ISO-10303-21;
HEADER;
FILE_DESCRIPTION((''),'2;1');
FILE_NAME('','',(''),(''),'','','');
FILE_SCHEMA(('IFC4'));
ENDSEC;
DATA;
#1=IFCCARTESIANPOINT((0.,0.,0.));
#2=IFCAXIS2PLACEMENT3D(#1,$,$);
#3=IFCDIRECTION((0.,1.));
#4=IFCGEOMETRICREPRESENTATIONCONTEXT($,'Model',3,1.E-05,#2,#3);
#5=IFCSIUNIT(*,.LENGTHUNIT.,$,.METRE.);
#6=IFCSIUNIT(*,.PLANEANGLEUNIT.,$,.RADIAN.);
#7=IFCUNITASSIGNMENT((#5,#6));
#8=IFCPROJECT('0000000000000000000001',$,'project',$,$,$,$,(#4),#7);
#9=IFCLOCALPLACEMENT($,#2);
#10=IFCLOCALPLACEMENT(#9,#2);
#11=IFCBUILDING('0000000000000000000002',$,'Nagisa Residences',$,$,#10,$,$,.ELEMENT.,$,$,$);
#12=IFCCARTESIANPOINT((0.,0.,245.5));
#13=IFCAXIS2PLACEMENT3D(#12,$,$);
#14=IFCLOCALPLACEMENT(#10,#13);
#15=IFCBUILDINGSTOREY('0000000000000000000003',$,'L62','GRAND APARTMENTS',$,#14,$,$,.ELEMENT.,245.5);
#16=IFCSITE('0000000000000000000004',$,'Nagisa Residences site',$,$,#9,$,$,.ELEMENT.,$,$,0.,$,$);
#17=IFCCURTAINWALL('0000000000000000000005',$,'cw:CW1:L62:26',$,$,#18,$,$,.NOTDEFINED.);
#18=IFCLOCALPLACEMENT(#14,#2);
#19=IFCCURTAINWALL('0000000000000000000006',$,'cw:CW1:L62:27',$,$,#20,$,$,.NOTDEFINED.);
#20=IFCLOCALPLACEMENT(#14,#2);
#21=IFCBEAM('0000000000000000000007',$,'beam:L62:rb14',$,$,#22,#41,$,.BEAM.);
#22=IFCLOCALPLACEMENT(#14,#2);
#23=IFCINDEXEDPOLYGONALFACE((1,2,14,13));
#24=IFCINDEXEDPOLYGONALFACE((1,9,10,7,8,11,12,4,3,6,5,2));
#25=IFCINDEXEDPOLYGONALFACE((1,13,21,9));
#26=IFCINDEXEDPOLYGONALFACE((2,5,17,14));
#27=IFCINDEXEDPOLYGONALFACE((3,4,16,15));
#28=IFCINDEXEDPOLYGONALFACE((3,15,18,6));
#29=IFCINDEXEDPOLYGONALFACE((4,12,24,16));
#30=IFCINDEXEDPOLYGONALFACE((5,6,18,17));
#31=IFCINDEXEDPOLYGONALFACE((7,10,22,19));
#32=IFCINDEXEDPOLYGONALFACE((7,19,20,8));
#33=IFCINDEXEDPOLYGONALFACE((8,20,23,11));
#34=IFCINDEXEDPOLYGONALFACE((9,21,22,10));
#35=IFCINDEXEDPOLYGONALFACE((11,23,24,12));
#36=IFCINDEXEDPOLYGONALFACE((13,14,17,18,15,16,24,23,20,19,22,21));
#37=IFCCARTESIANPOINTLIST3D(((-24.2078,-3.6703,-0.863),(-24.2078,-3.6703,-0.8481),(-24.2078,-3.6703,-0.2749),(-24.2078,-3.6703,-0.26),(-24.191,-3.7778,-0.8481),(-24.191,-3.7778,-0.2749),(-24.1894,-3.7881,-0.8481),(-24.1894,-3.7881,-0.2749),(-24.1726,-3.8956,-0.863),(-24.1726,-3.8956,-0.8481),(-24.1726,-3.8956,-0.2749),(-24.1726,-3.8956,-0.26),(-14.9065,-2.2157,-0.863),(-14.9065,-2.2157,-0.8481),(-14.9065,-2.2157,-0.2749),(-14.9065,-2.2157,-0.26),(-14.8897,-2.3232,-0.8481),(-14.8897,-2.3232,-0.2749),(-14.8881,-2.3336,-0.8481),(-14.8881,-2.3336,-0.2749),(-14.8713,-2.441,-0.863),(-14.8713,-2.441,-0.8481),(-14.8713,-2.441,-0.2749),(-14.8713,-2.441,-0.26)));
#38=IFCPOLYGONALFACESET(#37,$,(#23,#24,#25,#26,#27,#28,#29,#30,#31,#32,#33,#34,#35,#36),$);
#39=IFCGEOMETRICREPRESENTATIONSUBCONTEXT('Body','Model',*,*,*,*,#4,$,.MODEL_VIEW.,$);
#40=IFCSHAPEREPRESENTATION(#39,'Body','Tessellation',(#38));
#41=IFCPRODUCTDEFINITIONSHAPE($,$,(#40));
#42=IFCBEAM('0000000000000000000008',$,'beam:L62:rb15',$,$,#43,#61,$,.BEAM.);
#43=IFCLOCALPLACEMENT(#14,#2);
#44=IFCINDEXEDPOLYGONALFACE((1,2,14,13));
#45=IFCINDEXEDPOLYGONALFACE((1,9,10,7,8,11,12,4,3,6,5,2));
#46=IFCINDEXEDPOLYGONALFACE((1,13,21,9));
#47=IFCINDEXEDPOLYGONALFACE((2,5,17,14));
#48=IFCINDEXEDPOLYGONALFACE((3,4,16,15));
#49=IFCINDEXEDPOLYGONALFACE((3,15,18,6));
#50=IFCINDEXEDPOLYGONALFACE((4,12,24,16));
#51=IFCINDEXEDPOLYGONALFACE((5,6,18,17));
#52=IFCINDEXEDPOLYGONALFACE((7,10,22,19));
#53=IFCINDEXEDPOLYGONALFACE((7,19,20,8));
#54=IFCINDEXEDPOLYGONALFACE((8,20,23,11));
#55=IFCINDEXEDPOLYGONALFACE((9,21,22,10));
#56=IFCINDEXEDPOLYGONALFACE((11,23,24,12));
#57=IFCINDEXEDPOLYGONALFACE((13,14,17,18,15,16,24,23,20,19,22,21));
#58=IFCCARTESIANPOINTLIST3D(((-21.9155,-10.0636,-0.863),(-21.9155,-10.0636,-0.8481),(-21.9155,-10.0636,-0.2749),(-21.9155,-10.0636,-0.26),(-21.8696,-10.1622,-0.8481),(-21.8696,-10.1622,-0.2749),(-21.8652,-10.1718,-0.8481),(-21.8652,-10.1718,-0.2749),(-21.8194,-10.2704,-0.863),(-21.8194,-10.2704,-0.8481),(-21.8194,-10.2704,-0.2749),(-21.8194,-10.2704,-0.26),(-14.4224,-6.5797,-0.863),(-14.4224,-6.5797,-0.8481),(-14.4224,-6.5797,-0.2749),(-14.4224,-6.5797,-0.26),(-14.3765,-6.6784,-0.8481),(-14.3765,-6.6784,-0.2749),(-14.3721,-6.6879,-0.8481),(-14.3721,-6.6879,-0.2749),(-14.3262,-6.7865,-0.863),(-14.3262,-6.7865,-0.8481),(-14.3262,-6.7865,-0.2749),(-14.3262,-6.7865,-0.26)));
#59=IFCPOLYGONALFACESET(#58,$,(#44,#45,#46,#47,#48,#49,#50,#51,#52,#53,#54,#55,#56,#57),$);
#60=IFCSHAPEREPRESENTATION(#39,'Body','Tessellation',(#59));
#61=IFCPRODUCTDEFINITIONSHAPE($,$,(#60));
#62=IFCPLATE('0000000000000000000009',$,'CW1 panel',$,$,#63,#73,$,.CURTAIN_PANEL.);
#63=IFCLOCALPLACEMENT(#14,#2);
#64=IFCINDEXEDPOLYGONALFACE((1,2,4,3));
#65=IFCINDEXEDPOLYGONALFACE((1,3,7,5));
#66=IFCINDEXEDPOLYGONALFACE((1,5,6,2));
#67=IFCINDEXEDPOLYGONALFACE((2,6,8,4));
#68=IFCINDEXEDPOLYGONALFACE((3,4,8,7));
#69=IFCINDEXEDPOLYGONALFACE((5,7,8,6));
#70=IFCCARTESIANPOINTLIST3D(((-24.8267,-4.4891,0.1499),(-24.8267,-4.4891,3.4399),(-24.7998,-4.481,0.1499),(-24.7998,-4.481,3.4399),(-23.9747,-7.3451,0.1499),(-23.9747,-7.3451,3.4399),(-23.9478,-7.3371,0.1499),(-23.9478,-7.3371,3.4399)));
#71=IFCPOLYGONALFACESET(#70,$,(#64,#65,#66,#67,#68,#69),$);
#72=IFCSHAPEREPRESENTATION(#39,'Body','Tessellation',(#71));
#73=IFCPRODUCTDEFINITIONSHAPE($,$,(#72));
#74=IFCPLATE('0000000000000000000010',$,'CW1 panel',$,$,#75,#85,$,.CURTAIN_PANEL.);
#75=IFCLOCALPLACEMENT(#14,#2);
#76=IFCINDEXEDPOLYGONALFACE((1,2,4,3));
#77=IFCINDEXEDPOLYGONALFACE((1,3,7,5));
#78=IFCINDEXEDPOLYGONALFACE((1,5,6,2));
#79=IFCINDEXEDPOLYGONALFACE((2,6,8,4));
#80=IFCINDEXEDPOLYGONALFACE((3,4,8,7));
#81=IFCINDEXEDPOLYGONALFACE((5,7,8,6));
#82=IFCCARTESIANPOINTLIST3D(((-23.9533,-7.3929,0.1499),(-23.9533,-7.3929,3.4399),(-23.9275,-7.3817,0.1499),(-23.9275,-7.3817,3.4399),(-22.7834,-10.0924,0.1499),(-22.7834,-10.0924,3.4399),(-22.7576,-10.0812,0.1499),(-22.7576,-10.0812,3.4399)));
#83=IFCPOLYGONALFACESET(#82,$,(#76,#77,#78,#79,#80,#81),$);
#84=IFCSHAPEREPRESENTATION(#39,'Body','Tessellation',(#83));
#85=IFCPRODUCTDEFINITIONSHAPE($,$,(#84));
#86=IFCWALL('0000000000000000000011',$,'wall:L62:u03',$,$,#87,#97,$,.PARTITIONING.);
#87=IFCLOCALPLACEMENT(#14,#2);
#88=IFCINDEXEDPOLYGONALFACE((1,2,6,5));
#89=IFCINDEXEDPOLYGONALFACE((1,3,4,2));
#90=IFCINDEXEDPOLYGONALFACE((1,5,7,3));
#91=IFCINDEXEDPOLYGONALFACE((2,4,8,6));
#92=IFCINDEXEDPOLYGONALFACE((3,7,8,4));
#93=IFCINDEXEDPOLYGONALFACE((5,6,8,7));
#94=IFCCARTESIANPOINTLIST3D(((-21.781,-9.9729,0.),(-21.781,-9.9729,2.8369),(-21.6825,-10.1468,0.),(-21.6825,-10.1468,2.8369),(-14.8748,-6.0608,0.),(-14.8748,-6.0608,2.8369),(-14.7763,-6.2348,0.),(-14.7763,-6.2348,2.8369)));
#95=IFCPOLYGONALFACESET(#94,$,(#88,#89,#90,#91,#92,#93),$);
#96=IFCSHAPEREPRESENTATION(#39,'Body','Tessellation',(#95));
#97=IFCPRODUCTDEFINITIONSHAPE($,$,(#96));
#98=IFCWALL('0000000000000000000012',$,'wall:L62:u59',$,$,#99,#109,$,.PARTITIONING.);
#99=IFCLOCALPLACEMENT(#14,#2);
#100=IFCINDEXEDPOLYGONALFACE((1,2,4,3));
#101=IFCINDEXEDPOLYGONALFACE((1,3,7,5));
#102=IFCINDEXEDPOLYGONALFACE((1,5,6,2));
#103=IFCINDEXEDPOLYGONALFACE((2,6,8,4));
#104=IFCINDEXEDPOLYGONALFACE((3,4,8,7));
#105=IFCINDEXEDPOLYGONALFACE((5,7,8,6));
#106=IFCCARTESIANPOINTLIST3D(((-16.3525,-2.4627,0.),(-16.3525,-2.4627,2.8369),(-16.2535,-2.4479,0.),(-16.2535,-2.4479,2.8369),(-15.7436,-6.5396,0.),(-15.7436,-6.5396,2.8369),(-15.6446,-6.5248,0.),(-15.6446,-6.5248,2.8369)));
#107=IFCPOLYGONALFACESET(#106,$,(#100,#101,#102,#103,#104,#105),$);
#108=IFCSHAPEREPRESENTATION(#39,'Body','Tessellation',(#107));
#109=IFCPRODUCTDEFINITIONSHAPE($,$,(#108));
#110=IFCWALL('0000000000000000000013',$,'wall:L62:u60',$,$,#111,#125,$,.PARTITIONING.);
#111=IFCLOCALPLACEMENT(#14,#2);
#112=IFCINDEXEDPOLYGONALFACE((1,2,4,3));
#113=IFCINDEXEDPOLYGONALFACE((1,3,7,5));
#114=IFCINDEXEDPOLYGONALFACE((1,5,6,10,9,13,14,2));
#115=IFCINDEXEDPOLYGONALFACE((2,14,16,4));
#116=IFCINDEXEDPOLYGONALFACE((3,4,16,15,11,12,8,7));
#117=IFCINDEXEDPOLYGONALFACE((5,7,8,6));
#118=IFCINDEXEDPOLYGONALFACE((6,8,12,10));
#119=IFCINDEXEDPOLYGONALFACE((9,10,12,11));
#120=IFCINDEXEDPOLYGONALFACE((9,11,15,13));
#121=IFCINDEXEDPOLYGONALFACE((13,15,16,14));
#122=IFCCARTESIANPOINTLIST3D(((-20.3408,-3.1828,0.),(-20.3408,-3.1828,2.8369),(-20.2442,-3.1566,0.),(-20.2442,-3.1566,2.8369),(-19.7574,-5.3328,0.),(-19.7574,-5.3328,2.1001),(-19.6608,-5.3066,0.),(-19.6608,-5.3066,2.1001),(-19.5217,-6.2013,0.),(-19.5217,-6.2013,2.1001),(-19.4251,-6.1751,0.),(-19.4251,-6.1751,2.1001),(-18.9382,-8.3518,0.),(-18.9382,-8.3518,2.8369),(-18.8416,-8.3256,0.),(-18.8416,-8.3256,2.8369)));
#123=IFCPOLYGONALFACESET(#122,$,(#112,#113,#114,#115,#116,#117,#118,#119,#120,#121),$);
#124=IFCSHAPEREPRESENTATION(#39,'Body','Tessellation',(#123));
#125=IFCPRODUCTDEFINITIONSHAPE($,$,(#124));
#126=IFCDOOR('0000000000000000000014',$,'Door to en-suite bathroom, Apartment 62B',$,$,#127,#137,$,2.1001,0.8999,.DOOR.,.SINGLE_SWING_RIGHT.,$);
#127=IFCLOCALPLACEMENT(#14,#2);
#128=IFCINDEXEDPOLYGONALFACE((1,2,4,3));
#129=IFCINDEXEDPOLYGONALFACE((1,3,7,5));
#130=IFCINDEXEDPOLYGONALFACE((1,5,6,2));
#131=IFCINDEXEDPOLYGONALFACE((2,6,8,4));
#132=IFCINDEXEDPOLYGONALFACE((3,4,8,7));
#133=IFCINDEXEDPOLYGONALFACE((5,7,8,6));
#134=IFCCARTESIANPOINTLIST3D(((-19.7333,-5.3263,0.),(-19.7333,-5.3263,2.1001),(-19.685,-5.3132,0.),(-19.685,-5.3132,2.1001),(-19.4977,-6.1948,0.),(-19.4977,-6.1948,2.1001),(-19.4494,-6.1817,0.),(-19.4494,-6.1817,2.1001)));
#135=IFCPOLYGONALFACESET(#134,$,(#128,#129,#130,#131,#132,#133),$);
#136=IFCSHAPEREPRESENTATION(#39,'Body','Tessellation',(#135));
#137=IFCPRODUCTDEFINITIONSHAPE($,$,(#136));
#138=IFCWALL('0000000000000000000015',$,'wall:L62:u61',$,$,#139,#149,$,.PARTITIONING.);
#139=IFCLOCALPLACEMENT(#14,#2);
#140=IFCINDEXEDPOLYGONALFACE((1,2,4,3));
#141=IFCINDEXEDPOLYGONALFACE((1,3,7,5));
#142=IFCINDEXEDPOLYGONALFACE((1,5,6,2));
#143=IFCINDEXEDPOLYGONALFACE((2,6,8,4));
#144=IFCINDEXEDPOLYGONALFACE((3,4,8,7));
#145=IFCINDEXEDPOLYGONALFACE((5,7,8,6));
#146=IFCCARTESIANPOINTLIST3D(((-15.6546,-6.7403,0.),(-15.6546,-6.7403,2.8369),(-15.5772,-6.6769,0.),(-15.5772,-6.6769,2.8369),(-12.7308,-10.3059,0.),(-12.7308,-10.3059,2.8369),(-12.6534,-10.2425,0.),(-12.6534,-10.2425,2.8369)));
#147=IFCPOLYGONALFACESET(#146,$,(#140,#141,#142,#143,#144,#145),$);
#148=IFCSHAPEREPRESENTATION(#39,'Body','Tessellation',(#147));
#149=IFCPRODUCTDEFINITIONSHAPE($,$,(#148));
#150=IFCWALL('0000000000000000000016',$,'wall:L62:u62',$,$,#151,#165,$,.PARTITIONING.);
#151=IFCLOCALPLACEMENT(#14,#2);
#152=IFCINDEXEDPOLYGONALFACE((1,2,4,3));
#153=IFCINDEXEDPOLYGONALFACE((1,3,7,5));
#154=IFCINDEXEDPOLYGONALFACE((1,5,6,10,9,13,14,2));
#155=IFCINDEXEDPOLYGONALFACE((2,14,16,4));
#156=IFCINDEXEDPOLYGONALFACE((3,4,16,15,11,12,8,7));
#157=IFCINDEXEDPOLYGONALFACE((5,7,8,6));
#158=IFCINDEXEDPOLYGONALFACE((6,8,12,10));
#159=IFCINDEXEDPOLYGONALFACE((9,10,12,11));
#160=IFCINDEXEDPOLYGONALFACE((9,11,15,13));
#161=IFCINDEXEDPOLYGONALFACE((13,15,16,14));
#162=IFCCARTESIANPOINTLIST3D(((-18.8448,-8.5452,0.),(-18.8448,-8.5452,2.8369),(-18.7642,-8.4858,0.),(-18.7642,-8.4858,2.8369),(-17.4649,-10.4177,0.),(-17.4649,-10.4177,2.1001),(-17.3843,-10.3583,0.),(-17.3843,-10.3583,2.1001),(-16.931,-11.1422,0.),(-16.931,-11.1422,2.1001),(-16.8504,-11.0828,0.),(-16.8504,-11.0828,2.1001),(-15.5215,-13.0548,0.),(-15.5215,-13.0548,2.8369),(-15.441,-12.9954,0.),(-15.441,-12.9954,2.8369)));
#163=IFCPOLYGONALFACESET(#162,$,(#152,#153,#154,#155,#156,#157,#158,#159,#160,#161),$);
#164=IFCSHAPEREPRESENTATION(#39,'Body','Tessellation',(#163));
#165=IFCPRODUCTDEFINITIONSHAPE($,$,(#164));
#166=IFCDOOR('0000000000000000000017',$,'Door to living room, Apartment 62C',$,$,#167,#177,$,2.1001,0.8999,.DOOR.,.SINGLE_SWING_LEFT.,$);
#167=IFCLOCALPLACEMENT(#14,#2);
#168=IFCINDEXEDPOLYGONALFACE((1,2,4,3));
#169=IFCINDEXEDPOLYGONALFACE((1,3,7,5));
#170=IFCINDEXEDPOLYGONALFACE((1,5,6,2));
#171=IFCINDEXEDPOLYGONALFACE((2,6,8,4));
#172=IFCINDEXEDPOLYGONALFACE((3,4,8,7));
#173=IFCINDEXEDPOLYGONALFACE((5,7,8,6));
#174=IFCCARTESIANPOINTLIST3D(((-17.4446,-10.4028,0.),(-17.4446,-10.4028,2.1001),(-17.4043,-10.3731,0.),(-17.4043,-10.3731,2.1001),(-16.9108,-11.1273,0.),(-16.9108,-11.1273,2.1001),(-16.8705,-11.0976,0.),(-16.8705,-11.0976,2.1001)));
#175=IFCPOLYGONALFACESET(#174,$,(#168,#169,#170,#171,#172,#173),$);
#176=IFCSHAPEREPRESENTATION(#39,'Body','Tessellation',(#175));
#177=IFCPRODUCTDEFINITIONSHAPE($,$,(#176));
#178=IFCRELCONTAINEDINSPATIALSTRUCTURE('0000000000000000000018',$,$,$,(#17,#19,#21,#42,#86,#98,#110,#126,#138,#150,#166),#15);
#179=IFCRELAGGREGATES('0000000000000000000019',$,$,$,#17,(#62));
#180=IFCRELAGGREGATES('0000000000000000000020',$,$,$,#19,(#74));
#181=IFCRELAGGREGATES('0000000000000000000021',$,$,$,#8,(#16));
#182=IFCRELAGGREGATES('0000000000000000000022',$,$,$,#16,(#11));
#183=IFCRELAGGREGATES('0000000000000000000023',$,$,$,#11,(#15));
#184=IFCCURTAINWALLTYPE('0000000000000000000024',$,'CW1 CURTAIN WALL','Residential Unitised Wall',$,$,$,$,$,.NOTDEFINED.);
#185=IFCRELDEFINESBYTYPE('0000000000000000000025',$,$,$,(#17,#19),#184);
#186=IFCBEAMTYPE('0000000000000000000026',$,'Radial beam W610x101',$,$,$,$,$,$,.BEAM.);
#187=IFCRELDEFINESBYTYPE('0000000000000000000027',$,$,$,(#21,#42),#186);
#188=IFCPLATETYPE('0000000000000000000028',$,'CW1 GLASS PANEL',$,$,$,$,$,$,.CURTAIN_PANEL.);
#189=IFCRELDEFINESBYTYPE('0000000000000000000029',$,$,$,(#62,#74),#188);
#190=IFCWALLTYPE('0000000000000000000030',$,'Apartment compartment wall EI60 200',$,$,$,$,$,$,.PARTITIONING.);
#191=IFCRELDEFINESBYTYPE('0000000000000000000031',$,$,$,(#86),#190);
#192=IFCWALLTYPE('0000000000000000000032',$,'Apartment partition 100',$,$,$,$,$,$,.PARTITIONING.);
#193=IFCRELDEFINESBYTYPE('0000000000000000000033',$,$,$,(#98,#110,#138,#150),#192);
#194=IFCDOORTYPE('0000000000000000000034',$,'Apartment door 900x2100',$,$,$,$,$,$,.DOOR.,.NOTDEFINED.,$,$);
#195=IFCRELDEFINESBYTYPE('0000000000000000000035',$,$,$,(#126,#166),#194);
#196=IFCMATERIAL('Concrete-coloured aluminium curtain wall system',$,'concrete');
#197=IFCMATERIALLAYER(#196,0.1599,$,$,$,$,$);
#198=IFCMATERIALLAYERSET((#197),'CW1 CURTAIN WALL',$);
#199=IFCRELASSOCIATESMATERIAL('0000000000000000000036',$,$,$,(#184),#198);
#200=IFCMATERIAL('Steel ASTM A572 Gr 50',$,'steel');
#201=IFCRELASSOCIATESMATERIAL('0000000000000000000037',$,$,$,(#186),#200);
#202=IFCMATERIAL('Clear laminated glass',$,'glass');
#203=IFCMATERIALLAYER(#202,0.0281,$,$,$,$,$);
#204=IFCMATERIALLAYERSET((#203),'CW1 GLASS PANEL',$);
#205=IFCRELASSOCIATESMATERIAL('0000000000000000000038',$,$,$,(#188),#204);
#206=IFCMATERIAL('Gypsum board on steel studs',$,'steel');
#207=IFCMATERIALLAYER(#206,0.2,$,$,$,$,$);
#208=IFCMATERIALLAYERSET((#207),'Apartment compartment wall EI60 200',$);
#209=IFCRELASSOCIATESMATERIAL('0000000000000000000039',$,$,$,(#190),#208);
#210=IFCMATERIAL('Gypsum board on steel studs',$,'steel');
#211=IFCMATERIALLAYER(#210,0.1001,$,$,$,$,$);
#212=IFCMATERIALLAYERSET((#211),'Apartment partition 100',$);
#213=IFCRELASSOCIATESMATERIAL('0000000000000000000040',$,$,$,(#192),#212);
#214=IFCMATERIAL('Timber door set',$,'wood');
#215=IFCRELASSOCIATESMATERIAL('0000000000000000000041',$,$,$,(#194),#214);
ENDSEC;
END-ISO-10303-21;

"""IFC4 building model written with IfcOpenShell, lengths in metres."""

from ifc_helpers import new_model, si_unit, direction, frame, frame_2d, origin, origin_2d, place, context, subcontext, project, spatial, rectangle, i_section, extrude, material, layer, layer_set, material_profile, profile_set, type_object, element, fill, aggregate, save


model = new_model("IFC4")

# Units and contexts
model_context = context("Model", 3, precision=1e-05, world=origin(), true_north=direction((0.0, 1.0)))
body_context = subcontext(model_context, "Body", "Model", "MODEL_VIEW")
ifc_project = project(units=[si_unit("LENGTHUNIT", "METRE"), si_unit("PLANEANGLEUNIT", "RADIAN")], contexts=[model_context])

# Site, building, storey
site_placement = place(None, origin())
site = spatial("IfcSite", under=ifc_project, at=site_placement, Name="Nagisa Residences site", CompositionType="ELEMENT", RefElevation=0.0)
building_placement = place(site_placement, origin())
building = spatial("IfcBuilding", under=site, at=building_placement, Name="Nagisa Residences", CompositionType="ELEMENT")
storey_placement = place(building_placement, frame((0.0, 0.0, 245.5)))
storey = spatial("IfcBuildingStorey", under=building, at=storey_placement, Name="L62", Description="GRAND APARTMENTS", CompositionType="ELEMENT", Elevation=245.5)

# Curtain walls
ifc_material_1 = material(Name="Concrete-coloured aluminium curtain wall system", Category="concrete")
ifc_layer_1 = layer(ifc_material_1, 0.1599)
ifc_layer_set_1 = layer_set([ifc_layer_1], Name="CW1 CURTAIN WALL")
curtain_wall_type = type_object("IfcCurtainWallType", Name="CW1 CURTAIN WALL", Description="Residential Unitised Wall", PredefinedType="NOTDEFINED", material=ifc_layer_set_1)
curtain_wall_1_placement = place(storey_placement, origin())
curtain_wall_1 = element("IfcCurtainWall", 1, at=curtain_wall_1_placement, inside=storey, type_object=curtain_wall_type, Name="cw:CW1:L62:26", PredefinedType="NOTDEFINED")
curtain_wall_2_placement = place(storey_placement, origin())
curtain_wall_2 = element("IfcCurtainWall", 2, at=curtain_wall_2_placement, inside=storey, type_object=curtain_wall_type, Name="cw:CW1:L62:27", PredefinedType="NOTDEFINED")

# Beams
ifc_material_2 = material(Name="Steel ASTM A572 Gr 50", Category="steel")
ifc_material_profile_1 = material_profile(ifc_material_2, i_section(OverallWidth=0.228, OverallDepth=0.603, WebThickness=0.0105, FlangeThickness=0.0149, at=origin_2d()), Name="W610x101")
ifc_profile_set_1 = profile_set([ifc_material_profile_1], Name="Steel ASTM A572 Gr 50")
beam_type_1 = type_object("IfcBeamType", Name="Radial beam W610x101", PredefinedType="BEAM", material=ifc_profile_set_1)
beam_1_placement = place(storey_placement, frame((-24.1902, -3.783, -0.5615), z_axis=(0.987992, 0.154508, 0.0), x_axis=(-0.154508, 0.987992, 0.0)))
element("IfcBeam", 3, at=beam_1_placement, inside=storey, type_object=beam_type_1, Name="beam:L62:rb14", PredefinedType="BEAM", context=body_context, shape_type="SweptSolid", body=[
    extrude(i_section(OverallWidth=0.228, OverallDepth=0.603, WebThickness=0.0105, FlangeThickness=0.0149, at=origin_2d()), origin(), (0.0, 0.0, 1.0), 9.4143),
])
beam_2_placement = place(storey_placement, frame((-21.8674, -10.167, -0.5615), z_axis=(0.906782, 0.421601, 0.0), x_axis=(-0.421601, 0.906782, 0.0)))
element("IfcBeam", 4, at=beam_2_placement, inside=storey, type_object=beam_type_1, Name="beam:L62:rb15", PredefinedType="BEAM", context=body_context, shape_type="SweptSolid", body=[
    extrude(i_section(OverallWidth=0.228, OverallDepth=0.603, WebThickness=0.0105, FlangeThickness=0.0149, at=origin_2d()), origin(), (0.0, 0.0, 1.0), 8.2634),
])

# Plates
ifc_material_3 = material(Name="Clear laminated glass", Category="glass")
ifc_layer_2 = layer(ifc_material_3, 0.0281)
ifc_layer_set_2 = layer_set([ifc_layer_2], Name="CW1 GLASS PANEL")
plate_type = type_object("IfcPlateType", Name="CW1 GLASS PANEL", PredefinedType="CURTAIN_PANEL", material=ifc_layer_set_2)
plate_1_placement = place(storey_placement, frame((-24.3872, -5.9131, 0.1499), z_axis=(0.0, 0.0, 1.0), x_axis=(0.28586, -0.958271, 0.0)))
plate_1 = element("IfcPlate", 5, at=plate_1_placement, type_object=plate_type, Name="CW1 panel", PredefinedType="CURTAIN_PANEL", context=body_context, shape_type="SweptSolid", body=[
    extrude(rectangle(XDim=2.9805, YDim=0.0281, at=origin_2d()), origin(), (0.0, 0.0, 1.0), 3.29),
])
aggregate(curtain_wall_1, [plate_1])
plate_2_placement = place(storey_placement, frame((-23.3555, -8.7371, 0.1499), z_axis=(0.0, 0.0, 1.0), x_axis=(0.397636, -0.917543, 0.0)))
plate_2 = element("IfcPlate", 6, at=plate_2_placement, type_object=plate_type, Name="CW1 panel", PredefinedType="CURTAIN_PANEL", context=body_context, shape_type="SweptSolid", body=[
    extrude(rectangle(XDim=2.9421, YDim=0.0281, at=origin_2d()), origin(), (0.0, 0.0, 1.0), 3.29),
])
aggregate(curtain_wall_2, [plate_2])

# Walls
ifc_material_4 = material(Name="Gypsum board on steel studs", Category="steel")
ifc_layer_3 = layer(ifc_material_4, 0.2)
ifc_layer_set_3 = layer_set([ifc_layer_3], Name="Apartment compartment wall EI60 200")
wall_type_1 = type_object("IfcWallType", Name="Apartment compartment wall EI60 200", PredefinedType="PARTITIONING", material=ifc_layer_set_3)
wall_1_placement = place(storey_placement, frame((-14.8254, -6.1477, 0.0), z_axis=(0.0, 0.0, 1.0), x_axis=(-0.8701, -0.492876, 0.0)))
element("IfcWall", 7, at=wall_1_placement, inside=storey, type_object=wall_type_1, Name="wall:L62:u03", PredefinedType="PARTITIONING", context=body_context, shape_type="SweptSolid", body=[
    extrude(rectangle(XDim=7.9373, YDim=0.2, at=frame_2d((3.9688, 0.0))), origin(), (0.0, 0.0, 1.0), 2.8369),
])
ifc_material_5 = material(Name="Gypsum board on steel studs", Category="steel")
ifc_layer_4 = layer(ifc_material_5, 0.1001)
ifc_layer_set_4 = layer_set([ifc_layer_4], Name="Apartment partition 100")
wall_type_2 = type_object("IfcWallType", Name="Apartment partition 100", PredefinedType="PARTITIONING", material=ifc_layer_set_4)
wall_2_placement = place(storey_placement, frame((-16.303, -2.4553, 0.0), z_axis=(0.0, 0.0, 1.0), x_axis=(0.147712, -0.98903, 0.0)))
element("IfcWall", 8, at=wall_2_placement, inside=storey, type_object=wall_type_2, Name="wall:L62:u59", PredefinedType="PARTITIONING", context=body_context, shape_type="SweptSolid", body=[
    extrude(rectangle(XDim=4.1221, YDim=0.1001, at=frame_2d((2.061, 0.0))), origin(), (0.0, 0.0, 1.0), 2.8369),
])

# Wall, opening, door
wall_3_placement = place(storey_placement, frame((-20.2925, -3.1697, 0.0), z_axis=(0.0, 0.0, 1.0), x_axis=(0.261879, -0.965101, 0.0)))
wall_3 = element("IfcWall", 9, at=wall_3_placement, inside=storey, type_object=wall_type_2, Name="wall:L62:u60", PredefinedType="PARTITIONING", context=body_context, shape_type="SweptSolid", body=[
    extrude(rectangle(XDim=5.356, YDim=0.1001, at=frame_2d((2.678, 0.0))), origin(), (0.0, 0.0, 1.0), 2.8369),
])
opening_1_placement = place(wall_3_placement, frame((2.2278, 0.0, 0.0)))
opening_1 = element("IfcOpeningElement", 10, at=opening_1_placement, cuts=wall_3, PredefinedType="OPENING", context=body_context, shape_type="SweptSolid", body=[
    extrude(rectangle(XDim=0.8999, YDim=2.1001, at=frame_2d((0.45, 1.05))), frame((0.0, 0.0601, 0.0), z_axis=(0.0, -1.0, 0.0), x_axis=(1.0, 0.0, 0.0)), (0.0, 0.0, 1.0), 0.1201),
])
ifc_material_6 = material(Name="Timber door set", Category="wood")
door_type_1 = type_object("IfcDoorType", Name="Apartment door 900x2100", OperationType="NOTDEFINED", PredefinedType="DOOR", material=ifc_material_6)
door_1_placement = place(opening_1_placement, origin())
door_1 = element("IfcDoor", 11, at=door_1_placement, inside=storey, type_object=door_type_1, Name="Door to en-suite bathroom, Apartment 62B", OperationType="SINGLE_SWING_RIGHT", OverallHeight=2.1001, OverallWidth=0.8999, PredefinedType="DOOR", context=body_context, shape_type="SweptSolid", body=[
    extrude(rectangle(XDim=0.8999, YDim=2.1001, at=frame_2d((0.45, 1.05))), frame((0.0, 0.0249, 0.0), z_axis=(0.0, -1.0, 0.0), x_axis=(1.0, 0.0, 0.0)), (0.0, 0.0, 1.0), 0.05),
])
fill(opening_1, door_1)

# Wall
wall_4_placement = place(storey_placement, frame((-15.616, -6.7085, 0.0), z_axis=(0.0, 0.0, 1.0), x_axis=(0.634076, -0.77327, 0.0)))
element("IfcWall", 12, at=wall_4_placement, inside=storey, type_object=wall_type_2, Name="wall:L62:u61", PredefinedType="PARTITIONING", context=body_context, shape_type="SweptSolid", body=[
    extrude(rectangle(XDim=4.6111, YDim=0.1001, at=frame_2d((2.3057, 0.0))), origin(), (0.0, 0.0, 1.0), 2.8369),
])

# Wall, opening, door
wall_5_placement = place(storey_placement, frame((-18.8044, -8.5156, 0.0), z_axis=(0.0, 0.0, 1.0), x_axis=(0.59325, -0.805019, 0.0)))
wall_5 = element("IfcWall", 13, at=wall_5_placement, inside=storey, type_object=wall_type_2, Name="wall:L62:u62", PredefinedType="PARTITIONING", context=body_context, shape_type="SweptSolid", body=[
    extrude(rectangle(XDim=5.6018, YDim=0.1001, at=frame_2d((2.8008, 0.0))), origin(), (0.0, 0.0, 1.0), 2.8369),
])
opening_2_placement = place(wall_5_placement, frame((2.3259, 0.0, 0.0)))
opening_2 = element("IfcOpeningElement", 14, at=opening_2_placement, cuts=wall_5, PredefinedType="OPENING", context=body_context, shape_type="SweptSolid", body=[
    extrude(rectangle(XDim=0.8999, YDim=2.1001, at=frame_2d((0.45, 1.05))), frame((0.0, 0.0601, 0.0), z_axis=(0.0, -1.0, 0.0), x_axis=(1.0, 0.0, 0.0)), (0.0, 0.0, 1.0), 0.1201),
])
door_2_placement = place(opening_2_placement, frame((0.8999, 0.0, 0.0), x_axis=(-1.0, 0.0, 0.0)))
door_2 = element("IfcDoor", 15, at=door_2_placement, inside=storey, type_object=door_type_1, Name="Door to living room, Apartment 62C", OperationType="SINGLE_SWING_LEFT", OverallHeight=2.1001, OverallWidth=0.8999, PredefinedType="DOOR", context=body_context, shape_type="SweptSolid", body=[
    extrude(rectangle(XDim=0.8999, YDim=2.1001, at=frame_2d((0.45, 1.05))), frame((0.0, 0.0249, 0.0), z_axis=(0.0, -1.0, 0.0), x_axis=(1.0, 0.0, 0.0)), (0.0, 0.0, 1.0), 0.05),
])
fill(opening_2, door_2)

save(model, "model.ifc")
